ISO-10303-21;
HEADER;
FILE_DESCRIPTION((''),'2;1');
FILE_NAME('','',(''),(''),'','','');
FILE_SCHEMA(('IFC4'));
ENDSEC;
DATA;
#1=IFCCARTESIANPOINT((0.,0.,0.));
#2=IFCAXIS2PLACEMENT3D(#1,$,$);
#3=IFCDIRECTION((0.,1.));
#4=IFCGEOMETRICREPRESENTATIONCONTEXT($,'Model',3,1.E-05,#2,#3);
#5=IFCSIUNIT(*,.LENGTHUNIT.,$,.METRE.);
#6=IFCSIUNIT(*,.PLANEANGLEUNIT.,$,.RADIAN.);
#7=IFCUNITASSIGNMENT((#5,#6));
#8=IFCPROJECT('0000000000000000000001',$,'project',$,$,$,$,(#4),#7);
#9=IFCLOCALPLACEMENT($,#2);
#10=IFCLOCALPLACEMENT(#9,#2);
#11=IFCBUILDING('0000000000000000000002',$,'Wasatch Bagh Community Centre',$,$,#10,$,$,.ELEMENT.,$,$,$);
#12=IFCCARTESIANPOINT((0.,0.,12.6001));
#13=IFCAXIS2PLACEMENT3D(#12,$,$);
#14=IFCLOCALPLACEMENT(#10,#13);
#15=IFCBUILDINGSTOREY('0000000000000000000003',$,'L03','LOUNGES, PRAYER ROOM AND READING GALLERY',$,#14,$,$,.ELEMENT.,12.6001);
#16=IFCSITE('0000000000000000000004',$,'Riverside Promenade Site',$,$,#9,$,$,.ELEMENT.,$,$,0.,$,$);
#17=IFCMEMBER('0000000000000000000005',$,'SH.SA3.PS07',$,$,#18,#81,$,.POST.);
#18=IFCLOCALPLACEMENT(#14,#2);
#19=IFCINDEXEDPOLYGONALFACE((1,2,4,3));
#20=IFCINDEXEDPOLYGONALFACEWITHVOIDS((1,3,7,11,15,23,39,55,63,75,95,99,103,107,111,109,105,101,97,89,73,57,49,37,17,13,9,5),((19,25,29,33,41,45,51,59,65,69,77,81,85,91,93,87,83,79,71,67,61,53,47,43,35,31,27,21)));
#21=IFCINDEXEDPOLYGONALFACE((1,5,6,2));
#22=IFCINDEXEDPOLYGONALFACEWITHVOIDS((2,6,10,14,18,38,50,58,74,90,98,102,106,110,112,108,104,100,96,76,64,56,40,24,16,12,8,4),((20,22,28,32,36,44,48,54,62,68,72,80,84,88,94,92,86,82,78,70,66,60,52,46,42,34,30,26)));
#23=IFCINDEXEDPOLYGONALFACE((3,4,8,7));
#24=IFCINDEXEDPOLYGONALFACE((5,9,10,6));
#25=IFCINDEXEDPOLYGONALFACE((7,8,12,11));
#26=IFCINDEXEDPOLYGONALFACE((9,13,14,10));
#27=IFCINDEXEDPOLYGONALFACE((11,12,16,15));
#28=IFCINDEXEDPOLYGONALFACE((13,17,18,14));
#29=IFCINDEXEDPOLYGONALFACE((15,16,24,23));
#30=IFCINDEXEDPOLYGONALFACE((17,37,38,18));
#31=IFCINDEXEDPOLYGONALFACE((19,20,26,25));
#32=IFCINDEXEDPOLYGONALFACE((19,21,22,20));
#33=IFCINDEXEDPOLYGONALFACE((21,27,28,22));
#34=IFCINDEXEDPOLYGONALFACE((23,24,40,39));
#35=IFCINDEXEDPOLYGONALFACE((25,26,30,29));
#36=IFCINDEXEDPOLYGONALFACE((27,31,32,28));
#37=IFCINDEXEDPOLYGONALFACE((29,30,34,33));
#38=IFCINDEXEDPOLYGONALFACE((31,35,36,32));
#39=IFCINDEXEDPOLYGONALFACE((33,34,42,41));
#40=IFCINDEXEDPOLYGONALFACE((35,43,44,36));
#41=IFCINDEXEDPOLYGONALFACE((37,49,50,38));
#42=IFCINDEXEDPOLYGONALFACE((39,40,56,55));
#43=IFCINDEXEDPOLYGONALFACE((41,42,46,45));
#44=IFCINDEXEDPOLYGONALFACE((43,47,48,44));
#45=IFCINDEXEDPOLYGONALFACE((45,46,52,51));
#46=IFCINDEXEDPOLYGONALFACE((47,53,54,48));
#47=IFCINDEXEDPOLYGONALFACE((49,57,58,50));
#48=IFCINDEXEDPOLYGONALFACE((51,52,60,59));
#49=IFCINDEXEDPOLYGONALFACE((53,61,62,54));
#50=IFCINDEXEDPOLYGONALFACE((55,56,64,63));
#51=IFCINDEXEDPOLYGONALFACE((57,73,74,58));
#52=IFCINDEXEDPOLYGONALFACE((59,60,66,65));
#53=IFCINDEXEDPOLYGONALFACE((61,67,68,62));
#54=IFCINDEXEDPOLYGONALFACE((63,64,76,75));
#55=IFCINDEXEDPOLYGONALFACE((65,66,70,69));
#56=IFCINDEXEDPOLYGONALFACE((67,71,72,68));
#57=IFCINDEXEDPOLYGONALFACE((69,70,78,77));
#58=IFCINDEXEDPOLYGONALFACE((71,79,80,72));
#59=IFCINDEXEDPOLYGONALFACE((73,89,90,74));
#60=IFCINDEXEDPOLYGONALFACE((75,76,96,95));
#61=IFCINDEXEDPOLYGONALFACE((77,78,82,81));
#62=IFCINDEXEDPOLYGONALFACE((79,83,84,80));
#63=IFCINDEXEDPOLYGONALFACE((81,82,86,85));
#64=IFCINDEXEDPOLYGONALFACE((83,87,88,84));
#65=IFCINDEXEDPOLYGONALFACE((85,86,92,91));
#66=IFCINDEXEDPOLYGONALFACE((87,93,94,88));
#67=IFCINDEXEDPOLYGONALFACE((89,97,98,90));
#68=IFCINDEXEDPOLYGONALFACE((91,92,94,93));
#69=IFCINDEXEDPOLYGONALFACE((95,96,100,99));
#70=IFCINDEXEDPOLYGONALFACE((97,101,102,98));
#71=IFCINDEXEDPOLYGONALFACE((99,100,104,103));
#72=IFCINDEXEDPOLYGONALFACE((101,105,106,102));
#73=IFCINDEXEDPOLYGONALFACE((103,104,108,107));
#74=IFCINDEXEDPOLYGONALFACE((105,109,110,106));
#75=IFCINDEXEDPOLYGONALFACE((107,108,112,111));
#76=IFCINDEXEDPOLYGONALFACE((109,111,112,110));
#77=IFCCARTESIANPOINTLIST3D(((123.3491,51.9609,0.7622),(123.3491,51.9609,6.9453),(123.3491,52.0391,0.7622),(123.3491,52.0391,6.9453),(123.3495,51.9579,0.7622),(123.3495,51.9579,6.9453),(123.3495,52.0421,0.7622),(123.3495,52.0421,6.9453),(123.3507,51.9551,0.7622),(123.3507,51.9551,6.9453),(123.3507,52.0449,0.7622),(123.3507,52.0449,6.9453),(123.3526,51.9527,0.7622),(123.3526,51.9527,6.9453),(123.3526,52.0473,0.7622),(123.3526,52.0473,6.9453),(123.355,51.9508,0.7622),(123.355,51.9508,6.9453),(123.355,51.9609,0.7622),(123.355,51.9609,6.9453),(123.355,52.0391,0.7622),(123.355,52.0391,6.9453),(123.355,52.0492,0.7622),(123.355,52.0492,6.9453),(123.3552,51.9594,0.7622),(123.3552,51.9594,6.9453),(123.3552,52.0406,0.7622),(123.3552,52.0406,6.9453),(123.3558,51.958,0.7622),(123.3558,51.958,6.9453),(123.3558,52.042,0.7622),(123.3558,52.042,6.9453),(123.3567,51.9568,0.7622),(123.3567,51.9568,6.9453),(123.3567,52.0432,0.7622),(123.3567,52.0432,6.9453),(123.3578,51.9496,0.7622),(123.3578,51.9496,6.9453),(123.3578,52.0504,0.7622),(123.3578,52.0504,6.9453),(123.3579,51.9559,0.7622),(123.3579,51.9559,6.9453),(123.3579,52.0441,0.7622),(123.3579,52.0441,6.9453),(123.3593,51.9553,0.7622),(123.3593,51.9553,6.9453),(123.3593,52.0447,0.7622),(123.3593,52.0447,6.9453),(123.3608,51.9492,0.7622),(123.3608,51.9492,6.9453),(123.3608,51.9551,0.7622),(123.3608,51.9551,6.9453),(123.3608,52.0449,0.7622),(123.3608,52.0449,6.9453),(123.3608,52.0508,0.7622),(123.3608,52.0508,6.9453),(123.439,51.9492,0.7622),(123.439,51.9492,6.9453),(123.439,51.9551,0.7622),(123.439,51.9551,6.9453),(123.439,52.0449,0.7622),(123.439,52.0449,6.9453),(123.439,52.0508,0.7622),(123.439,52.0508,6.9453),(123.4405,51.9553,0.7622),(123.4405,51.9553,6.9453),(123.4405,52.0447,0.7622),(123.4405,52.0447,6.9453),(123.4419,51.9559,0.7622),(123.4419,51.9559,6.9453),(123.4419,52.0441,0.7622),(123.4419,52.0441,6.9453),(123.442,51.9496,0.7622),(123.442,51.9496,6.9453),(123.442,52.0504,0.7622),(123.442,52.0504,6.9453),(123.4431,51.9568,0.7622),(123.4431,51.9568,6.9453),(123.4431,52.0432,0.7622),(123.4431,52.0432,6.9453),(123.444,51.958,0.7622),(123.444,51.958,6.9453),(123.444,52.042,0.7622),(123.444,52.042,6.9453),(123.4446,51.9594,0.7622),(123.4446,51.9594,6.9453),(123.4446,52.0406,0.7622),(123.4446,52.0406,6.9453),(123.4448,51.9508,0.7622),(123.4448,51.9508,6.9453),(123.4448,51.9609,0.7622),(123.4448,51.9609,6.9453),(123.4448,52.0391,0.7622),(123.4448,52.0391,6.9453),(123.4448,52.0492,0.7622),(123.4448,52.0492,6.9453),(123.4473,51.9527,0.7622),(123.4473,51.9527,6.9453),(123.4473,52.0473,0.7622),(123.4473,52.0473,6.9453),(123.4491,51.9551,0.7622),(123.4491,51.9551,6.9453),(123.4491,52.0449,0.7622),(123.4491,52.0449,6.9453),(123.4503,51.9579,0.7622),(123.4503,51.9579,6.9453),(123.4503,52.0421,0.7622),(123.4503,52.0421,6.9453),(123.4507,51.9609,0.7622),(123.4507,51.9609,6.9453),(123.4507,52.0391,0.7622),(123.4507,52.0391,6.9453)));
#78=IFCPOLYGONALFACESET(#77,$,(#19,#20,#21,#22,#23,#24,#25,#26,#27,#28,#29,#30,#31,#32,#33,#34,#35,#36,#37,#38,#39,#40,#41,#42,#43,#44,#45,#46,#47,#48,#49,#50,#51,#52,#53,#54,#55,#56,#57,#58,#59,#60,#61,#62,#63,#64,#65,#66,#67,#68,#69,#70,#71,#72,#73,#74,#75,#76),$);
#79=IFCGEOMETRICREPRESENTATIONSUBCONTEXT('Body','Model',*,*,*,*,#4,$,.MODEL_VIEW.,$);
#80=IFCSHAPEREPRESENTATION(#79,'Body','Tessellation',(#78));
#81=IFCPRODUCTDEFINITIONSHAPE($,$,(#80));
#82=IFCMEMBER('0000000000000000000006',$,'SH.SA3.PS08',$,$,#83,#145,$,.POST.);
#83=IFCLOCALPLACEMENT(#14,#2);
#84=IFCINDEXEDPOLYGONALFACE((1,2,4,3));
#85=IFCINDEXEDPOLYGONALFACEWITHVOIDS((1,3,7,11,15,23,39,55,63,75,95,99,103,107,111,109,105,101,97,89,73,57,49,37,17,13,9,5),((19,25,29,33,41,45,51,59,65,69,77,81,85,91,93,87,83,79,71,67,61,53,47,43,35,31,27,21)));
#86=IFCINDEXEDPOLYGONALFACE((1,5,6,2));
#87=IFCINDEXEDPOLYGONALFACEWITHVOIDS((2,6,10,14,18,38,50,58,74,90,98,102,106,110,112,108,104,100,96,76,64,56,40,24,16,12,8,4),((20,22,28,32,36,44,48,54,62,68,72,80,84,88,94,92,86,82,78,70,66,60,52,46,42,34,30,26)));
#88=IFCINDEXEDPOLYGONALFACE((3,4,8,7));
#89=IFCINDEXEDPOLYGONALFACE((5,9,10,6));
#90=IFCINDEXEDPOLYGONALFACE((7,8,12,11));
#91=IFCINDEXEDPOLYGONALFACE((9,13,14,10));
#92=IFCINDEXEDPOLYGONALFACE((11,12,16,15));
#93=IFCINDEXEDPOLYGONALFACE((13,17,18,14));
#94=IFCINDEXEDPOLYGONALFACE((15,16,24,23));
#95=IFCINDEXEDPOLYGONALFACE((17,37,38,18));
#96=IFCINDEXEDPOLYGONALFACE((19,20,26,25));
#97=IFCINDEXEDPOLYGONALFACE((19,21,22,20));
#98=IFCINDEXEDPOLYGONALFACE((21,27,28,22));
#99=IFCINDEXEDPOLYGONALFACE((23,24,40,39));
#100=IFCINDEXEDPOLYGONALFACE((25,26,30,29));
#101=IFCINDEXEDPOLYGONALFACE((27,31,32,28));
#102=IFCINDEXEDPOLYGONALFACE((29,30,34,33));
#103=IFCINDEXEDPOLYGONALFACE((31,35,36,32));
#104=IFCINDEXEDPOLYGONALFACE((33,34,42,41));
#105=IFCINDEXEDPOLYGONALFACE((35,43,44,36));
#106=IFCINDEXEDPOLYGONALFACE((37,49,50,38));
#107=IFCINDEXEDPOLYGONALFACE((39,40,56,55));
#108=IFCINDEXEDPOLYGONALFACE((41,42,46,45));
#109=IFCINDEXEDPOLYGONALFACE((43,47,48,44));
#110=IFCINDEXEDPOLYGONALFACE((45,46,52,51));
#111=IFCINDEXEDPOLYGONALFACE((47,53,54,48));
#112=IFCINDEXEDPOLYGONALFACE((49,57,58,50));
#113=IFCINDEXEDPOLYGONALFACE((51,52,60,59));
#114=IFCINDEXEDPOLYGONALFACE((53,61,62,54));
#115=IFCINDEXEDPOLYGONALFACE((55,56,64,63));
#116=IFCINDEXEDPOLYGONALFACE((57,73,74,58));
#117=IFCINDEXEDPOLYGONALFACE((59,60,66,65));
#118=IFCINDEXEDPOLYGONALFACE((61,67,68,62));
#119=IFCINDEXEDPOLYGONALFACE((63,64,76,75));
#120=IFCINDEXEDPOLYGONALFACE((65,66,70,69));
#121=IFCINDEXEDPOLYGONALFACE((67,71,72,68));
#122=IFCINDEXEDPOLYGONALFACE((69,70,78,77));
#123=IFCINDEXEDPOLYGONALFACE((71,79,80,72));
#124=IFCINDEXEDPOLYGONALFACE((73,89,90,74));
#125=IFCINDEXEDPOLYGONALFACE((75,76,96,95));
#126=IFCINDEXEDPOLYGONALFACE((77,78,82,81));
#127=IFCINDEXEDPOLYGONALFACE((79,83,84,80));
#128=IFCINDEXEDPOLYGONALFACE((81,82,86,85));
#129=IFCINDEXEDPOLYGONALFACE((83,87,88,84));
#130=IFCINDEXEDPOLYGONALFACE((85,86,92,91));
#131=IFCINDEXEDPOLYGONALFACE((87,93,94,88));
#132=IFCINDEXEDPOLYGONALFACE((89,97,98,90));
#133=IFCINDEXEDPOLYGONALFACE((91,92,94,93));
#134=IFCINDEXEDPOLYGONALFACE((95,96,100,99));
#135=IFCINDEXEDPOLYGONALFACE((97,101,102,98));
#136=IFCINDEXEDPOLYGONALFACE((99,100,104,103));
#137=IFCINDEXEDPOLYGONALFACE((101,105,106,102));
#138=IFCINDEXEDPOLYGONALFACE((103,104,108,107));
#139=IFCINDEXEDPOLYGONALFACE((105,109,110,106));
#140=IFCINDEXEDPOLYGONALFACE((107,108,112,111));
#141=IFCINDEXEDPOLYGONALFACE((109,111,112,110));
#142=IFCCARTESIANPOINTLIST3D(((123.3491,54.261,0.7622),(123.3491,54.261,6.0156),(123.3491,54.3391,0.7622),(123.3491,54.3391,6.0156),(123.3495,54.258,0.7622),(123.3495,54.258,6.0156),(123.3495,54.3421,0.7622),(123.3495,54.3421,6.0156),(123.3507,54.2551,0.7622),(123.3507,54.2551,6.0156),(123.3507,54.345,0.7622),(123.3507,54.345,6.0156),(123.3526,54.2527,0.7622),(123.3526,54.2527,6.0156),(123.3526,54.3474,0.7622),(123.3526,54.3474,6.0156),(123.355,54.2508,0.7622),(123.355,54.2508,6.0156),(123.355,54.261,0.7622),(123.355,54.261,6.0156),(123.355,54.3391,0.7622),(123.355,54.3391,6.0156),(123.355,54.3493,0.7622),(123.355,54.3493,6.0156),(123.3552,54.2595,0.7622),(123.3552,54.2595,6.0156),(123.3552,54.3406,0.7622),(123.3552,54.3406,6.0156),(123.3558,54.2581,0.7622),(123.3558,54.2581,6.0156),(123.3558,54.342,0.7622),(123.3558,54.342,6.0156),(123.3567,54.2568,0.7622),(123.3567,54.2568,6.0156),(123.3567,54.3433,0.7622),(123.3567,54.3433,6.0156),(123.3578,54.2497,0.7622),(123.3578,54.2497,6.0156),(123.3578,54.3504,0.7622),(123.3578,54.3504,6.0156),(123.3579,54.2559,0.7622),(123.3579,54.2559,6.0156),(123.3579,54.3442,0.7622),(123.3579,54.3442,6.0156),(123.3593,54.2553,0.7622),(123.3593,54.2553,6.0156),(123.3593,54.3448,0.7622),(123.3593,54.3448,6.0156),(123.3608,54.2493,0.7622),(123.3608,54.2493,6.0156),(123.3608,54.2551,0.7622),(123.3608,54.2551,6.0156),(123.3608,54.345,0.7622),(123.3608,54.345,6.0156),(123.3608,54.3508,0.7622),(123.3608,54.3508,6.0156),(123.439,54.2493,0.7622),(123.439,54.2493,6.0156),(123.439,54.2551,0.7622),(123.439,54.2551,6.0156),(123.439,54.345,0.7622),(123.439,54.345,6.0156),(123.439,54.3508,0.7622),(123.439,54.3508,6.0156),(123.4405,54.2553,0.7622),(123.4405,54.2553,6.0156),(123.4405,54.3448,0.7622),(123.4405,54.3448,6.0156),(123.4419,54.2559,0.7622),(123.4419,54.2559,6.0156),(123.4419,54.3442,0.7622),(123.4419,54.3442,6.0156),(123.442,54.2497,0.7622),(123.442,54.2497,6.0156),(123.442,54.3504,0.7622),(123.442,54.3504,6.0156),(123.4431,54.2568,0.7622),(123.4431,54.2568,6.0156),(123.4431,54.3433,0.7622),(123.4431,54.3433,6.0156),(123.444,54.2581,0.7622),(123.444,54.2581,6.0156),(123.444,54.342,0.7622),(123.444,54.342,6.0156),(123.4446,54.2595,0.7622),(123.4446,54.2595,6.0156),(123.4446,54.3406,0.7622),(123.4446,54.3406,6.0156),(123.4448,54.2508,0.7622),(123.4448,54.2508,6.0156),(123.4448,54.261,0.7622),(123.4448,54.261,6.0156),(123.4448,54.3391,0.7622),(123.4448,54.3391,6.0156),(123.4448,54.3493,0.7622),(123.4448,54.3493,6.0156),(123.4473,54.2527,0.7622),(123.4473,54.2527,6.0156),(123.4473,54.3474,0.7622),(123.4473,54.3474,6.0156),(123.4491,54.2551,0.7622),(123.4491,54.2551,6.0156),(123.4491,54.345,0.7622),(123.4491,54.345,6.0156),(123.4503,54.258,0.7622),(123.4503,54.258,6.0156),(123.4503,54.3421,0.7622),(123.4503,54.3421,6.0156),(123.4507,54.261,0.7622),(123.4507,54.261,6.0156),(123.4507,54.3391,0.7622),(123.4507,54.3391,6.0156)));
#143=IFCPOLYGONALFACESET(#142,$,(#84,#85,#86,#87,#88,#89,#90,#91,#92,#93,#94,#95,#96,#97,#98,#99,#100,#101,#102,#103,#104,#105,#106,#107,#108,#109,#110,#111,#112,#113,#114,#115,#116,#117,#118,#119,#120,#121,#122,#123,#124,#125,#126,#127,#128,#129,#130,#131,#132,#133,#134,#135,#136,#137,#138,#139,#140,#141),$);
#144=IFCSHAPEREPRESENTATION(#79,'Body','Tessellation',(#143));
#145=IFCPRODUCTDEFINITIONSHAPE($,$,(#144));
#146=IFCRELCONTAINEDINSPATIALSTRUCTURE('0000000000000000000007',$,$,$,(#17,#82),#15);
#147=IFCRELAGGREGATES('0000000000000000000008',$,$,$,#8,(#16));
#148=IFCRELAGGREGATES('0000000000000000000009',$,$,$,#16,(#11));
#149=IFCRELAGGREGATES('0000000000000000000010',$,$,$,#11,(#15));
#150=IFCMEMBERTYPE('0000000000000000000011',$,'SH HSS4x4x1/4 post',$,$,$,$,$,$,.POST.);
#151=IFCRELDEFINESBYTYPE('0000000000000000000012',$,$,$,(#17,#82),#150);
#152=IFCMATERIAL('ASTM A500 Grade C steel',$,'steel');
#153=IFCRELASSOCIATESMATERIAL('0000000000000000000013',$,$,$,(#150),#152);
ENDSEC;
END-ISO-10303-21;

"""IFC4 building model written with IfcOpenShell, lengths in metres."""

from ifc_helpers import new_model, si_unit, direction, frame, origin, origin_2d, place, context, subcontext, project, spatial, hollow_rectangle, extrude, material, material_profile, profile_set, type_object, element, save


model = new_model("IFC4")

# Units and contexts
model_context = context("Model", 3, precision=1e-05, world=origin(), true_north=direction((0.0, 1.0)))
body_context = subcontext(model_context, "Body", "Model", "MODEL_VIEW")
ifc_project = project(units=[si_unit("LENGTHUNIT", "METRE"), si_unit("PLANEANGLEUNIT", "RADIAN")], contexts=[model_context])

# Site, building, storey
site_placement = place(None, origin())
site = spatial("IfcSite", under=ifc_project, at=site_placement, Name="Riverside Promenade Site", CompositionType="ELEMENT", RefElevation=0.0)
building_placement = place(site_placement, origin())
building = spatial("IfcBuilding", under=site, at=building_placement, Name="Wasatch Bagh Community Centre", CompositionType="ELEMENT")
storey_placement = place(building_placement, frame((0.0, 0.0, 12.6001)))
storey = spatial("IfcBuildingStorey", under=building, at=storey_placement, Name="L03", Description="LOUNGES, PRAYER ROOM AND READING GALLERY", CompositionType="ELEMENT", Elevation=12.6001)

# Members
ifc_material_1 = material(Name="ASTM A500 Grade C steel", Category="steel")
ifc_material_profile_1 = material_profile(ifc_material_1, hollow_rectangle(XDim=0.1016, YDim=0.1016, WallThickness=0.0059, InnerFilletRadius=0.0059, OuterFilletRadius=0.0117, at=origin_2d()), Name="HSS4x4x1/4")
ifc_profile_set_1 = profile_set([ifc_material_profile_1], Name="ASTM A500 Grade C steel")
member_type_1 = type_object("IfcMemberType", Name="SH HSS4x4x1/4 post", PredefinedType="POST", material=ifc_profile_set_1)
member_1_placement = place(storey_placement, frame((123.3999, 52.0, 0.7622), z_axis=(0.0, 0.0, 1.0), x_axis=(1.0, 0.0, 0.0)))
element("IfcMember", 1, at=member_1_placement, inside=storey, type_object=member_type_1, Name="SH.SA3.PS07", PredefinedType="POST", context=body_context, shape_type="SweptSolid", body=[
    extrude(hollow_rectangle(XDim=0.1016, YDim=0.1016, WallThickness=0.0059, InnerFilletRadius=0.0059, OuterFilletRadius=0.0117, at=origin_2d()), origin(), (0.0, 0.0, 1.0), 6.1831),
])
member_2_placement = place(storey_placement, frame((123.3999, 54.3, 0.7622), z_axis=(0.0, 0.0, 1.0), x_axis=(1.0, 0.0, 0.0)))
element("IfcMember", 2, at=member_2_placement, inside=storey, type_object=member_type_1, Name="SH.SA3.PS08", PredefinedType="POST", context=body_context, shape_type="SweptSolid", body=[
    extrude(hollow_rectangle(XDim=0.1016, YDim=0.1016, WallThickness=0.0059, InnerFilletRadius=0.0059, OuterFilletRadius=0.0117, at=origin_2d()), origin(), (0.0, 0.0, 1.0), 5.2534),
])

save(model, "model.ifc")
